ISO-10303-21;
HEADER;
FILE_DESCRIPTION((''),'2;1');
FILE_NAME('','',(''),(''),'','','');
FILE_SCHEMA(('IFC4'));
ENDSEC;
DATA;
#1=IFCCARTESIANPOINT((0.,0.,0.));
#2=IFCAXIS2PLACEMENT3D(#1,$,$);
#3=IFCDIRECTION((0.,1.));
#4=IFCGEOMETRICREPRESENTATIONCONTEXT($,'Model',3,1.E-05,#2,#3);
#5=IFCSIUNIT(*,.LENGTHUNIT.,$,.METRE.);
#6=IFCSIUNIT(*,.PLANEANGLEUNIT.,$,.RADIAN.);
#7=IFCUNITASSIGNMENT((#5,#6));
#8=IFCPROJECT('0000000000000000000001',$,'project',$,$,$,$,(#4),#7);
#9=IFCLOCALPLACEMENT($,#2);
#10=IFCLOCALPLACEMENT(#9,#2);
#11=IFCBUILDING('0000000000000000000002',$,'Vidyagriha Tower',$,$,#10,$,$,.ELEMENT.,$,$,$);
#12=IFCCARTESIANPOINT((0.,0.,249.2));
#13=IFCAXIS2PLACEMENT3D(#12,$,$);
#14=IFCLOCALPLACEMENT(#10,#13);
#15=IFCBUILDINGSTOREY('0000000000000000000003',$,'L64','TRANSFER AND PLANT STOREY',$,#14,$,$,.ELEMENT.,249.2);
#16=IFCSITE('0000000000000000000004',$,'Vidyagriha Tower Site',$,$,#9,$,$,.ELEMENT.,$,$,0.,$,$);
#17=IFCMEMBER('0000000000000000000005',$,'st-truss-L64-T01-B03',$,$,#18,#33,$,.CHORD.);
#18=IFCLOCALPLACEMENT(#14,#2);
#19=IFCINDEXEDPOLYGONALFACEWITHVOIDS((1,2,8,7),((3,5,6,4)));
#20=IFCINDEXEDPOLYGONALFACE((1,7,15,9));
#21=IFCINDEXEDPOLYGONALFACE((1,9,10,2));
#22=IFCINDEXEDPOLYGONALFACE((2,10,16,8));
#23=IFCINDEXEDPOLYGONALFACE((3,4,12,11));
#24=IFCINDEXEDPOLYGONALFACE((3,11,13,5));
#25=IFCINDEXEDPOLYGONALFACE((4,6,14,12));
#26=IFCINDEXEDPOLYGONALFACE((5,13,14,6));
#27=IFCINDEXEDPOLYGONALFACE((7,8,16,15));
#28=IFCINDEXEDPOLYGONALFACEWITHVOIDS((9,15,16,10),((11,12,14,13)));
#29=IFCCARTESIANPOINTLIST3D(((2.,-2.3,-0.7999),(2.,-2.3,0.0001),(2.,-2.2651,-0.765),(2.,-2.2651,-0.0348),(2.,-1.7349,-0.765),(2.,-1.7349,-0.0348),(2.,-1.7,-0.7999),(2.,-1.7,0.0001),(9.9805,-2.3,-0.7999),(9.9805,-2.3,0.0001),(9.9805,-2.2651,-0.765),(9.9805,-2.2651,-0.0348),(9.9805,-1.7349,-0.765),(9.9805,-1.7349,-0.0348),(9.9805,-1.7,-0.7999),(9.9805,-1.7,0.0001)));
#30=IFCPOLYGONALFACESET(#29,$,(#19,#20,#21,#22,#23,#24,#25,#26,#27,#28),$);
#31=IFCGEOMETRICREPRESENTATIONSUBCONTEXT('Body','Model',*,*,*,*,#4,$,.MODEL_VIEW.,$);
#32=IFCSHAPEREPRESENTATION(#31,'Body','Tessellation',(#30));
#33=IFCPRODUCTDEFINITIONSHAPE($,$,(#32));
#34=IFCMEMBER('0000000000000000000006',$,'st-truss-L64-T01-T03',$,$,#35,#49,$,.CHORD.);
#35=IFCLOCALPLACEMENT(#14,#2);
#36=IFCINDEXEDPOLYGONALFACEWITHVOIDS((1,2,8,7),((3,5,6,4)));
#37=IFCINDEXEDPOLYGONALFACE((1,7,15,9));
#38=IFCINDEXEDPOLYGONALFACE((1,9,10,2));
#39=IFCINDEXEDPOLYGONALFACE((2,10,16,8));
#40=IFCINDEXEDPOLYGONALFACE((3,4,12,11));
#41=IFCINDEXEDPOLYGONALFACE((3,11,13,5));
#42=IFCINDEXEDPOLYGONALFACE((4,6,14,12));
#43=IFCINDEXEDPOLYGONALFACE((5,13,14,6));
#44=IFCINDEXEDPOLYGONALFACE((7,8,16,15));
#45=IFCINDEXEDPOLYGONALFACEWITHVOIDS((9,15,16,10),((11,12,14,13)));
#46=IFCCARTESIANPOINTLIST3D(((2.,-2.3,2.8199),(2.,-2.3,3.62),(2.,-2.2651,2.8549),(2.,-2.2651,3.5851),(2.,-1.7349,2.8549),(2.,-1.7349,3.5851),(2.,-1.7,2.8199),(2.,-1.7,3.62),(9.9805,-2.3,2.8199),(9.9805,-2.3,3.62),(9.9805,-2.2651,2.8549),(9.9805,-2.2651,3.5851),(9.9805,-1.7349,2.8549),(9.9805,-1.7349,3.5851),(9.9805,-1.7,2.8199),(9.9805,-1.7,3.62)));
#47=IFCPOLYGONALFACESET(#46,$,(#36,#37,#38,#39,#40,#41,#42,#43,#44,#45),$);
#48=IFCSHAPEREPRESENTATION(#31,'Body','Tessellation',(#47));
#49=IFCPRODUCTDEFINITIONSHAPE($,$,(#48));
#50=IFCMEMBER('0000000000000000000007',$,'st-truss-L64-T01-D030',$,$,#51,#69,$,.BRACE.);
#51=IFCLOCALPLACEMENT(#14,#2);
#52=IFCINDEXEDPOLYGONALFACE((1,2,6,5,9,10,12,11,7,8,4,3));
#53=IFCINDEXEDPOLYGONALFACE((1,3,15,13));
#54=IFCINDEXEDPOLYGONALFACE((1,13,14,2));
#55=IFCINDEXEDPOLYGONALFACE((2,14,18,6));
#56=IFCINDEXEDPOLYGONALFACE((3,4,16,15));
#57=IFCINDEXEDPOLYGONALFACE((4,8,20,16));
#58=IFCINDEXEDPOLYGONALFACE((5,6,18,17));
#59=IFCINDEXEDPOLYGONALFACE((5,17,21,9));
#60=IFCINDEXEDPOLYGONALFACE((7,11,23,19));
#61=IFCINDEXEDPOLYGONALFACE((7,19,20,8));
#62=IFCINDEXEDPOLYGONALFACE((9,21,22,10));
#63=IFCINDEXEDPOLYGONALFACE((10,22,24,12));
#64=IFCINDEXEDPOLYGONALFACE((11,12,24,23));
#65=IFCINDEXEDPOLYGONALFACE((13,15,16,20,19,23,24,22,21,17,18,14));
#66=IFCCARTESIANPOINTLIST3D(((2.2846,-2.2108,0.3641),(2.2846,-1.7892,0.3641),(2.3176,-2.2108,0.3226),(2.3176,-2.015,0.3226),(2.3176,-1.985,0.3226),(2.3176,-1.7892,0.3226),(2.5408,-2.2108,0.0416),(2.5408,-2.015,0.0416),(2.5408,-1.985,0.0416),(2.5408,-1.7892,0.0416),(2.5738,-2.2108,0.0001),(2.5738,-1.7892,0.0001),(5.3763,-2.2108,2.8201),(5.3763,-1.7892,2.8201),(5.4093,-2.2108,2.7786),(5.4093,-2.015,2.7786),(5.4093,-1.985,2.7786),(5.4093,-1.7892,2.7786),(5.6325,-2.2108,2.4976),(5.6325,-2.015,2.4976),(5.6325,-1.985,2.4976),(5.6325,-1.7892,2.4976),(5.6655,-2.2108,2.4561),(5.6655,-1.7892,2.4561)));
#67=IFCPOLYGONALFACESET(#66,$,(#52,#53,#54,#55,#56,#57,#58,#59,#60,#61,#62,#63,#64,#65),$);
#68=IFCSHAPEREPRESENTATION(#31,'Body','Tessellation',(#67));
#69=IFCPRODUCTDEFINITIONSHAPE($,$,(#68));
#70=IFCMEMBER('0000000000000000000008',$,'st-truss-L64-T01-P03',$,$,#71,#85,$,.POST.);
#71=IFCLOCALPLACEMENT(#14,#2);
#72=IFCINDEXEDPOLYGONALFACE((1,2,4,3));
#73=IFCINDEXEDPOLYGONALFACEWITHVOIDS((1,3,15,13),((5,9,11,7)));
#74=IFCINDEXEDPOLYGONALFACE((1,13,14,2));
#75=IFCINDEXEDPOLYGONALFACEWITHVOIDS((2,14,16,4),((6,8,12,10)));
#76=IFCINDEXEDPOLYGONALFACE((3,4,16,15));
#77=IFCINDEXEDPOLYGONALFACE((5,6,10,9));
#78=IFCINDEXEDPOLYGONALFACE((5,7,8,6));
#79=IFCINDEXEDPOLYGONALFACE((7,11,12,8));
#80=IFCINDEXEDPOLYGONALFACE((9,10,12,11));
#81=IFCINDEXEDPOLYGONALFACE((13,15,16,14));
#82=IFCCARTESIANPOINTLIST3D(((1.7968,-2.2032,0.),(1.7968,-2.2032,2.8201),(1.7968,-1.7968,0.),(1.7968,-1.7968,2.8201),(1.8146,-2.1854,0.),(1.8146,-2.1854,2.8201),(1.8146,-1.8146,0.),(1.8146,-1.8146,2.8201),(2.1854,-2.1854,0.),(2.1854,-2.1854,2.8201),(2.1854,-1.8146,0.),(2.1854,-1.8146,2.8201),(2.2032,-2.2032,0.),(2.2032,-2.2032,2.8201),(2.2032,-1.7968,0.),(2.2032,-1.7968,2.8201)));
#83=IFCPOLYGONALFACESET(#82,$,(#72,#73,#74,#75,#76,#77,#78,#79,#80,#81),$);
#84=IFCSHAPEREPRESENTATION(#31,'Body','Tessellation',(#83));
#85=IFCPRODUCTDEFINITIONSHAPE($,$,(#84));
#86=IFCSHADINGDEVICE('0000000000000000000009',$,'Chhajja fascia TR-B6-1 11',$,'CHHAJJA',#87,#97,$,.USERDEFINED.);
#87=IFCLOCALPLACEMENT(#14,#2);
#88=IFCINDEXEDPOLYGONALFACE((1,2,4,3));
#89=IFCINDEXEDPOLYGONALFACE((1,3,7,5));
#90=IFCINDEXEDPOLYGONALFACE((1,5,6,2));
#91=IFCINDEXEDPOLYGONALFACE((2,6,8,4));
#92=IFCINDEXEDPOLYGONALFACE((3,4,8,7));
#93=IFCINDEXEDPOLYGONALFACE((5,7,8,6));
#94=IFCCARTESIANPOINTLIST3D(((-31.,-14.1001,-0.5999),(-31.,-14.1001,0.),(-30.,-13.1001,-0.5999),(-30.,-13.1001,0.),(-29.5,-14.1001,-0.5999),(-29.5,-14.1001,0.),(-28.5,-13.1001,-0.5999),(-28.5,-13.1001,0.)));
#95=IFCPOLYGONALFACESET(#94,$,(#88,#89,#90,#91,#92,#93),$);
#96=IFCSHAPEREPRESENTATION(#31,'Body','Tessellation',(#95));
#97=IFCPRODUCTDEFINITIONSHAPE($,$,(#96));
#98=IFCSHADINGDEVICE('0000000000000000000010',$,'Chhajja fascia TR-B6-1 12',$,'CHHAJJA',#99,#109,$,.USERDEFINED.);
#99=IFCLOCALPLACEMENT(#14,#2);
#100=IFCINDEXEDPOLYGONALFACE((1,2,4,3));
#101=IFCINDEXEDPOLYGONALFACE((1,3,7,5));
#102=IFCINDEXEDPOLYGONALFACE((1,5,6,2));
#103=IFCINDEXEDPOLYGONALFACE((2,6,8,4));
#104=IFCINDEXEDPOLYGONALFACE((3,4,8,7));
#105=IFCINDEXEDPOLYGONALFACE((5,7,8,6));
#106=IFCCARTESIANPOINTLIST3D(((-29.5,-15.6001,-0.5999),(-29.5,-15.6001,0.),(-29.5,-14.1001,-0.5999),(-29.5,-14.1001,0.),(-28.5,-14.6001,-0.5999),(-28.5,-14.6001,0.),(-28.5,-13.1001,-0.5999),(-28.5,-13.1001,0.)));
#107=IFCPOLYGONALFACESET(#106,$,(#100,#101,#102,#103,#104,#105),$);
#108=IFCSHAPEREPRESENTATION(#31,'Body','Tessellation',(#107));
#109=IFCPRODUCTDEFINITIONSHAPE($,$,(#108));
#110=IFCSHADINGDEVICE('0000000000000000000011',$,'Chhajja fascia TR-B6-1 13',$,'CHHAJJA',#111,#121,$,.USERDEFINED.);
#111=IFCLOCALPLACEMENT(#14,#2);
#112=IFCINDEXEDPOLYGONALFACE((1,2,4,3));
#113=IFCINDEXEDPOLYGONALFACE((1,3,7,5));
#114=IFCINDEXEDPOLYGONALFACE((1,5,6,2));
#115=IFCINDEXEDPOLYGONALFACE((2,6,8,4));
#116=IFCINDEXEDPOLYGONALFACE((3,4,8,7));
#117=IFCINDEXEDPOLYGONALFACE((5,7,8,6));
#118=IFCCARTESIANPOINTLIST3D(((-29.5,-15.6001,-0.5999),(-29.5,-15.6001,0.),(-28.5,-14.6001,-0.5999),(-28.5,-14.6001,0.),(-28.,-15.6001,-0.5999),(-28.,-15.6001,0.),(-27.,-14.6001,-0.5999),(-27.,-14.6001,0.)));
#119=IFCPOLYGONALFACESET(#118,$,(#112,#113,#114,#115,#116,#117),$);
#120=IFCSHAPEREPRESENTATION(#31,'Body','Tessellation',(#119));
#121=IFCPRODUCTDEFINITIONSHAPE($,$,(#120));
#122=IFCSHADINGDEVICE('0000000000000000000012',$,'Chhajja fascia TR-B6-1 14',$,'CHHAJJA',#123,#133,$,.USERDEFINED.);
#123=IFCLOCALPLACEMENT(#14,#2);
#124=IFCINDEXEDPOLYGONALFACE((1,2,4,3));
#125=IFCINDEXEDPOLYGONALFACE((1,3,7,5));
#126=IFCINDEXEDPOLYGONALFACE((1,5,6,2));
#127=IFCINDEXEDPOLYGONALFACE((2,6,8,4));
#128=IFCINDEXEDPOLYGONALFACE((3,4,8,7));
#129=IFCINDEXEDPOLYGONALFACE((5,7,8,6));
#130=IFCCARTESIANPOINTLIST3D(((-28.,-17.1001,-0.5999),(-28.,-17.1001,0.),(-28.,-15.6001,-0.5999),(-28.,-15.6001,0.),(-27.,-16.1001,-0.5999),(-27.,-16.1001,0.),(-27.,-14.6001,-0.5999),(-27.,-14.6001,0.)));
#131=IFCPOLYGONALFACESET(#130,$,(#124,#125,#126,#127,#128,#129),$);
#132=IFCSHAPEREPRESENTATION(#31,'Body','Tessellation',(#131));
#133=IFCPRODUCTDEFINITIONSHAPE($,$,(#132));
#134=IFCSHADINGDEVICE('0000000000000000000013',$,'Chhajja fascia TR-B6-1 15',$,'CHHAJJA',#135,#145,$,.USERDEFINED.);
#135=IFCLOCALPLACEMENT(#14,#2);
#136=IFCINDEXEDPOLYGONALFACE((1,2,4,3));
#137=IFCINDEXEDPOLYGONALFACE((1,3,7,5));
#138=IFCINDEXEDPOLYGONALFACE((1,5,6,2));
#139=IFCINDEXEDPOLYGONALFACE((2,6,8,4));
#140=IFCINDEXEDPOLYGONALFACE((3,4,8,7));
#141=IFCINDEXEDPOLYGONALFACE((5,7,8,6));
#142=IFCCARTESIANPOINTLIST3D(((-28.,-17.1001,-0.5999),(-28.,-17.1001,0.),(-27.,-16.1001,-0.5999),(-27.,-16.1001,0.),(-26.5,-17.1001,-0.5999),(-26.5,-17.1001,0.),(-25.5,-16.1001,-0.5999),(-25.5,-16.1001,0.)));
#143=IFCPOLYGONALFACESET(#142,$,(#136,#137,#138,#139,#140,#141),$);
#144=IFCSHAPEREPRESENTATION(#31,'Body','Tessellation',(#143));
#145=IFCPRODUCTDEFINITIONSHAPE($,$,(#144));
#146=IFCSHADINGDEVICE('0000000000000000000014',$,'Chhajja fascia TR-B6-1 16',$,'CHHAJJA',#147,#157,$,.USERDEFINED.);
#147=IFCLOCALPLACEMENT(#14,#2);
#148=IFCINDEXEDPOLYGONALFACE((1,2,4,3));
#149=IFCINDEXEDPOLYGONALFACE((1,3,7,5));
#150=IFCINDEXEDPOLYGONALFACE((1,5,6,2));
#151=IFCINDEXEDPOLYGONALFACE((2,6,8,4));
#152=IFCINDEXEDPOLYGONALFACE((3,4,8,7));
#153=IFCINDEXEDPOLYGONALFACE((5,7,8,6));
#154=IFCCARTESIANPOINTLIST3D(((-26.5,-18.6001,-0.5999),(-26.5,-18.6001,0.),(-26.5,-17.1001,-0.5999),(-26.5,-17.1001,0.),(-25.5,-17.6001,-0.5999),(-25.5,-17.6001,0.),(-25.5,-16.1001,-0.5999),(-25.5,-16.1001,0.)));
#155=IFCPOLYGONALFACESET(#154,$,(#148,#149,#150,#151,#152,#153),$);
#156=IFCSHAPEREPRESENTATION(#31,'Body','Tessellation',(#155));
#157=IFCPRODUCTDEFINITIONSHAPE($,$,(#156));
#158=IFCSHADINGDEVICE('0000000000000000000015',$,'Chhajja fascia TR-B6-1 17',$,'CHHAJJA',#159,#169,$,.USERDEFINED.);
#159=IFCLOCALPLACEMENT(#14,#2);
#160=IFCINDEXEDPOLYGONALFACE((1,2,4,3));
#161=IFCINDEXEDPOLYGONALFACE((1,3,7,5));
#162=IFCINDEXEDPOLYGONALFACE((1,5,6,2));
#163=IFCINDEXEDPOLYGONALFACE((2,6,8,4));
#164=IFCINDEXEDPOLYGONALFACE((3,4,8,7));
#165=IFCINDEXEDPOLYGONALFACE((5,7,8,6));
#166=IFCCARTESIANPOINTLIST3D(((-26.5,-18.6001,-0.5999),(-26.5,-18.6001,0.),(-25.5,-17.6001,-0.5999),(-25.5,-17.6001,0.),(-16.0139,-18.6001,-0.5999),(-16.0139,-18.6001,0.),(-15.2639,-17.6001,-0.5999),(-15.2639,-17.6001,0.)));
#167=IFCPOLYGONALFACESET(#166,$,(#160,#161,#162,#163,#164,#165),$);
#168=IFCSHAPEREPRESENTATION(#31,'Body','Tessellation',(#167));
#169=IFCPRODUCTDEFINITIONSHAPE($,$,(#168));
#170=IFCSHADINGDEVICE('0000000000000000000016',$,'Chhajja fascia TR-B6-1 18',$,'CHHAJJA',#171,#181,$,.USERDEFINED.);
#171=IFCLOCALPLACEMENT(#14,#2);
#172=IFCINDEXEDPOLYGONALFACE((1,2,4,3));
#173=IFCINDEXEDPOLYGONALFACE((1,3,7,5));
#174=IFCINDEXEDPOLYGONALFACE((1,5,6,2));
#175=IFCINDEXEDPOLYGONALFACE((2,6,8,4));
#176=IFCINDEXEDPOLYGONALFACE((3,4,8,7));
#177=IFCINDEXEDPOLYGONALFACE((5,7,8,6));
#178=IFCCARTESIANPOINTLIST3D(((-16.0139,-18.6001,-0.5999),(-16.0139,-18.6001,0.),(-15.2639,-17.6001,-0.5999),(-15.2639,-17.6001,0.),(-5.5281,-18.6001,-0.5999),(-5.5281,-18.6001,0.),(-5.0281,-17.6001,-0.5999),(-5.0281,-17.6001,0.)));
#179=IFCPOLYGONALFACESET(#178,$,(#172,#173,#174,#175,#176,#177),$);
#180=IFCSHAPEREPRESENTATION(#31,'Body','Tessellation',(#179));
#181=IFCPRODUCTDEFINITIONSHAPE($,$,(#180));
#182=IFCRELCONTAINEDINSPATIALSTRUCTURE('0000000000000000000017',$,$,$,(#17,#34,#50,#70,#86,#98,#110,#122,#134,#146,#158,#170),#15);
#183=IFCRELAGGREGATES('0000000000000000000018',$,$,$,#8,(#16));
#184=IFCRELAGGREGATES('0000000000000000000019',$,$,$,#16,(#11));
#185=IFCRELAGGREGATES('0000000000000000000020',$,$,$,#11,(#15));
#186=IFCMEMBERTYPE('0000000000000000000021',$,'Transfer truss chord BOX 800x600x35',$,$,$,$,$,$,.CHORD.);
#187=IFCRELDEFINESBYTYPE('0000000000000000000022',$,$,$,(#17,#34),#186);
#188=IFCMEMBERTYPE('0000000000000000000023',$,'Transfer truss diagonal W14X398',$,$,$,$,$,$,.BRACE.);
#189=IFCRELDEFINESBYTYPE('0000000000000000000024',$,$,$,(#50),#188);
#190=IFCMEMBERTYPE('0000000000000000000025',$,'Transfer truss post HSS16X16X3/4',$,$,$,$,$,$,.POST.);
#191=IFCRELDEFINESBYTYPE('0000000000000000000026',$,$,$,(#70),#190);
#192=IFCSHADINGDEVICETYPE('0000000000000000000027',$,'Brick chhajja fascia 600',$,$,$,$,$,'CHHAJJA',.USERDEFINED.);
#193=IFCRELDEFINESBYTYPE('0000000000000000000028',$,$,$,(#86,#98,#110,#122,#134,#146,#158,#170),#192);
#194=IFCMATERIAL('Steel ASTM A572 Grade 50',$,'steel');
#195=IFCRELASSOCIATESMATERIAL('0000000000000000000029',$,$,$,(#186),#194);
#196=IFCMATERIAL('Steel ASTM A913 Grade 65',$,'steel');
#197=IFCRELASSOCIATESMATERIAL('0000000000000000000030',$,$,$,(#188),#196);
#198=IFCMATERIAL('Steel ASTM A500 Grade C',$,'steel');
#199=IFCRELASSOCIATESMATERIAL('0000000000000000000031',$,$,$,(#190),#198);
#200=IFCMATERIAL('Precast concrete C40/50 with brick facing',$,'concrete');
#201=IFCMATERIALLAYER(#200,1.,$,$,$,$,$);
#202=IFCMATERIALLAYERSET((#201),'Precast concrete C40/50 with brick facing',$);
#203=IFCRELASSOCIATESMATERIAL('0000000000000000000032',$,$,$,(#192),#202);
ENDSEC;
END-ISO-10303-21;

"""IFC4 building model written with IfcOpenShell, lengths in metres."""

from ifc_helpers import new_model, si_unit, direction, frame, origin, origin_2d, place, context, subcontext, project, spatial, polyline, hollow_rectangle, i_section, outline, extrude, material, layer, layer_set, material_profile, profile_set, type_object, element, save


model = new_model("IFC4")

# Units and contexts
model_context = context("Model", 3, precision=1e-05, world=origin(), true_north=direction((0.0, 1.0)))
body_context = subcontext(model_context, "Body", "Model", "MODEL_VIEW")
ifc_project = project(units=[si_unit("LENGTHUNIT", "METRE"), si_unit("PLANEANGLEUNIT", "RADIAN")], contexts=[model_context])

# Site, building, storey
site_placement = place(None, origin())
site = spatial("IfcSite", under=ifc_project, at=site_placement, Name="Vidyagriha Tower Site", CompositionType="ELEMENT", RefElevation=0.0)
building_placement = place(site_placement, origin())
building = spatial("IfcBuilding", under=site, at=building_placement, Name="Vidyagriha Tower", CompositionType="ELEMENT")
storey_placement = place(building_placement, frame((0.0, 0.0, 249.2)))
storey = spatial("IfcBuildingStorey", under=building, at=storey_placement, Name="L64", Description="TRANSFER AND PLANT STOREY", CompositionType="ELEMENT", Elevation=249.2)

# Members
ifc_material_1 = material(Name="Steel ASTM A572 Grade 50", Category="steel")
ifc_material_profile_1 = material_profile(ifc_material_1, hollow_rectangle(XDim=0.6001, YDim=0.8, WallThickness=0.0349, at=origin_2d()), Name="BOX 800x600x35")
ifc_profile_set_1 = profile_set([ifc_material_profile_1], Name="Steel ASTM A572 Grade 50")
member_type_1 = type_object("IfcMemberType", Name="Transfer truss chord BOX 800x600x35", PredefinedType="CHORD", material=ifc_profile_set_1)
for number, where, z_axis, x_axis, name in (
    (1, (2.0, -2.0, -0.3999), (1.0, 0.0, 0.0), (0.0, 1.0, 0.0), "st-truss-L64-T01-B03"),
    (2, (2.0, -2.0, 3.22), (1.0, 0.0, 0.0), (0.0, 1.0, 0.0), "st-truss-L64-T01-T03"),
):
    element("IfcMember", number, at=place(storey_placement, frame(where, z_axis=z_axis, x_axis=x_axis)), inside=storey, type_object=member_type_1, Name=name, PredefinedType="CHORD", context=body_context, shape_type="SweptSolid", body=[
        extrude(hollow_rectangle(XDim=0.6001, YDim=0.8, WallThickness=0.0349, at=origin_2d()), origin(), (0.0, 0.0, 1.0), 7.9805),
    ])
ifc_material_2 = material(Name="Steel ASTM A913 Grade 65", Category="steel")
ifc_material_profile_2 = material_profile(ifc_material_2, i_section(OverallWidth=0.4216, OverallDepth=0.4648, WebThickness=0.03, FlangeThickness=0.053, at=origin_2d()), Name="W14X398")
ifc_profile_set_2 = profile_set([ifc_material_profile_2], Name="Steel ASTM A913 Grade 65")
member_type_2 = type_object("IfcMemberType", Name="Transfer truss diagonal W14X398", PredefinedType="BRACE", material=ifc_profile_set_2)
member_1_placement = place(storey_placement, frame((2.4292, -2.0, 0.1821), z_axis=(0.783012, 0.0, 0.622007), x_axis=(0.0, 1.0, 0.0)))
element("IfcMember", 3, at=member_1_placement, inside=storey, type_object=member_type_2, Name="st-truss-L64-T01-D030", PredefinedType="BRACE", context=body_context, shape_type="SweptSolid", body=[
    extrude(i_section(OverallWidth=0.4216, OverallDepth=0.4648, WebThickness=0.03, FlangeThickness=0.053, at=origin_2d()), origin(), (0.0, 0.0, 1.0), 3.9485),
])
ifc_material_3 = material(Name="Steel ASTM A500 Grade C", Category="steel")
ifc_material_profile_3 = material_profile(ifc_material_3, hollow_rectangle(XDim=0.4065, YDim=0.4065, WallThickness=0.0178, at=origin_2d()), Name="HSS16X16X3/4")
ifc_profile_set_3 = profile_set([ifc_material_profile_3], Name="Steel ASTM A500 Grade C")
member_type_3 = type_object("IfcMemberType", Name="Transfer truss post HSS16X16X3/4", PredefinedType="POST", material=ifc_profile_set_3)
member_2_placement = place(storey_placement, frame((2.0, -2.0, 0.0)))
element("IfcMember", 4, at=member_2_placement, inside=storey, type_object=member_type_3, Name="st-truss-L64-T01-P03", PredefinedType="POST", context=body_context, shape_type="SweptSolid", body=[
    extrude(hollow_rectangle(XDim=0.4065, YDim=0.4065, WallThickness=0.0178, at=origin_2d()), origin(), (0.0, 0.0, 1.0), 2.8201),
])

# Shading devices
ifc_material_4 = material(Name="Precast concrete C40/50 with brick facing", Category="concrete")
ifc_layer = layer(ifc_material_4, 1.0)
ifc_layer_set = layer_set([ifc_layer], Name="Precast concrete C40/50 with brick facing")
shading_device_type = type_object("IfcShadingDeviceType", Name="Brick chhajja fascia 600", ElementType="CHHAJJA", PredefinedType="USERDEFINED", material=ifc_layer_set)
shading_device_1_placement = place(storey_placement, frame((0.0, 0.0, -0.5999)))
element("IfcShadingDevice", 5, at=shading_device_1_placement, inside=storey, type_object=shading_device_type, Name="Chhajja fascia TR-B6-1 11", ObjectType="CHHAJJA", PredefinedType="USERDEFINED", context=body_context, shape_type="SweptSolid", body=[
    extrude(outline(polyline([(-30.0, -13.1001), (-31.0, -14.1001), (-29.5, -14.1001), (-28.5, -13.1001), (-30.0, -13.1001)])), origin(), (0.0, 0.0, 1.0), 0.5999),
])
shading_device_2_placement = place(storey_placement, frame((0.0, 0.0, -0.5999)))
element("IfcShadingDevice", 6, at=shading_device_2_placement, inside=storey, type_object=shading_device_type, Name="Chhajja fascia TR-B6-1 12", ObjectType="CHHAJJA", PredefinedType="USERDEFINED", context=body_context, shape_type="SweptSolid", body=[
    extrude(outline(polyline([(-28.5, -13.1001), (-29.5, -14.1001), (-29.5, -15.6001), (-28.5, -14.6001), (-28.5, -13.1001)])), origin(), (0.0, 0.0, 1.0), 0.5999),
])
shading_device_3_placement = place(storey_placement, frame((0.0, 0.0, -0.5999)))
element("IfcShadingDevice", 7, at=shading_device_3_placement, inside=storey, type_object=shading_device_type, Name="Chhajja fascia TR-B6-1 13", ObjectType="CHHAJJA", PredefinedType="USERDEFINED", context=body_context, shape_type="SweptSolid", body=[
    extrude(outline(polyline([(-28.5, -14.6001), (-29.5, -15.6001), (-28.0, -15.6001), (-27.0, -14.6001), (-28.5, -14.6001)])), origin(), (0.0, 0.0, 1.0), 0.5999),
])
shading_device_4_placement = place(storey_placement, frame((0.0, 0.0, -0.5999)))
element("IfcShadingDevice", 8, at=shading_device_4_placement, inside=storey, type_object=shading_device_type, Name="Chhajja fascia TR-B6-1 14", ObjectType="CHHAJJA", PredefinedType="USERDEFINED", context=body_context, shape_type="SweptSolid", body=[
    extrude(outline(polyline([(-27.0, -14.6001), (-28.0, -15.6001), (-28.0, -17.1001), (-27.0, -16.1001), (-27.0, -14.6001)])), origin(), (0.0, 0.0, 1.0), 0.5999),
])
shading_device_5_placement = place(storey_placement, frame((0.0, 0.0, -0.5999)))
element("IfcShadingDevice", 9, at=shading_device_5_placement, inside=storey, type_object=shading_device_type, Name="Chhajja fascia TR-B6-1 15", ObjectType="CHHAJJA", PredefinedType="USERDEFINED", context=body_context, shape_type="SweptSolid", body=[
    extrude(outline(polyline([(-27.0, -16.1001), (-28.0, -17.1001), (-26.5, -17.1001), (-25.5, -16.1001), (-27.0, -16.1001)])), origin(), (0.0, 0.0, 1.0), 0.5999),
])
shading_device_6_placement = place(storey_placement, frame((0.0, 0.0, -0.5999)))
element("IfcShadingDevice", 10, at=shading_device_6_placement, inside=storey, type_object=shading_device_type, Name="Chhajja fascia TR-B6-1 16", ObjectType="CHHAJJA", PredefinedType="USERDEFINED", context=body_context, shape_type="SweptSolid", body=[
    extrude(outline(polyline([(-25.5, -16.1001), (-26.5, -17.1001), (-26.5, -18.6001), (-25.5, -17.6001), (-25.5, -16.1001)])), origin(), (0.0, 0.0, 1.0), 0.5999),
])
shading_device_7_placement = place(storey_placement, frame((0.0, 0.0, -0.5999)))
element("IfcShadingDevice", 11, at=shading_device_7_placement, inside=storey, type_object=shading_device_type, Name="Chhajja fascia TR-B6-1 17", ObjectType="CHHAJJA", PredefinedType="USERDEFINED", context=body_context, shape_type="SweptSolid", body=[
    extrude(outline(polyline([(-25.5, -17.6001), (-26.5, -18.6001), (-16.0139, -18.6001), (-15.2639, -17.6001), (-25.5, -17.6001)])), origin(), (0.0, 0.0, 1.0), 0.5999),
])
shading_device_8_placement = place(storey_placement, frame((0.0, 0.0, -0.5999)))
element("IfcShadingDevice", 12, at=shading_device_8_placement, inside=storey, type_object=shading_device_type, Name="Chhajja fascia TR-B6-1 18", ObjectType="CHHAJJA", PredefinedType="USERDEFINED", context=body_context, shape_type="SweptSolid", body=[
    extrude(outline(polyline([(-15.2639, -17.6001), (-16.0139, -18.6001), (-5.5281, -18.6001), (-5.0281, -17.6001), (-15.2639, -17.6001)])), origin(), (0.0, 0.0, 1.0), 0.5999),
])

save(model, "model.ifc")
